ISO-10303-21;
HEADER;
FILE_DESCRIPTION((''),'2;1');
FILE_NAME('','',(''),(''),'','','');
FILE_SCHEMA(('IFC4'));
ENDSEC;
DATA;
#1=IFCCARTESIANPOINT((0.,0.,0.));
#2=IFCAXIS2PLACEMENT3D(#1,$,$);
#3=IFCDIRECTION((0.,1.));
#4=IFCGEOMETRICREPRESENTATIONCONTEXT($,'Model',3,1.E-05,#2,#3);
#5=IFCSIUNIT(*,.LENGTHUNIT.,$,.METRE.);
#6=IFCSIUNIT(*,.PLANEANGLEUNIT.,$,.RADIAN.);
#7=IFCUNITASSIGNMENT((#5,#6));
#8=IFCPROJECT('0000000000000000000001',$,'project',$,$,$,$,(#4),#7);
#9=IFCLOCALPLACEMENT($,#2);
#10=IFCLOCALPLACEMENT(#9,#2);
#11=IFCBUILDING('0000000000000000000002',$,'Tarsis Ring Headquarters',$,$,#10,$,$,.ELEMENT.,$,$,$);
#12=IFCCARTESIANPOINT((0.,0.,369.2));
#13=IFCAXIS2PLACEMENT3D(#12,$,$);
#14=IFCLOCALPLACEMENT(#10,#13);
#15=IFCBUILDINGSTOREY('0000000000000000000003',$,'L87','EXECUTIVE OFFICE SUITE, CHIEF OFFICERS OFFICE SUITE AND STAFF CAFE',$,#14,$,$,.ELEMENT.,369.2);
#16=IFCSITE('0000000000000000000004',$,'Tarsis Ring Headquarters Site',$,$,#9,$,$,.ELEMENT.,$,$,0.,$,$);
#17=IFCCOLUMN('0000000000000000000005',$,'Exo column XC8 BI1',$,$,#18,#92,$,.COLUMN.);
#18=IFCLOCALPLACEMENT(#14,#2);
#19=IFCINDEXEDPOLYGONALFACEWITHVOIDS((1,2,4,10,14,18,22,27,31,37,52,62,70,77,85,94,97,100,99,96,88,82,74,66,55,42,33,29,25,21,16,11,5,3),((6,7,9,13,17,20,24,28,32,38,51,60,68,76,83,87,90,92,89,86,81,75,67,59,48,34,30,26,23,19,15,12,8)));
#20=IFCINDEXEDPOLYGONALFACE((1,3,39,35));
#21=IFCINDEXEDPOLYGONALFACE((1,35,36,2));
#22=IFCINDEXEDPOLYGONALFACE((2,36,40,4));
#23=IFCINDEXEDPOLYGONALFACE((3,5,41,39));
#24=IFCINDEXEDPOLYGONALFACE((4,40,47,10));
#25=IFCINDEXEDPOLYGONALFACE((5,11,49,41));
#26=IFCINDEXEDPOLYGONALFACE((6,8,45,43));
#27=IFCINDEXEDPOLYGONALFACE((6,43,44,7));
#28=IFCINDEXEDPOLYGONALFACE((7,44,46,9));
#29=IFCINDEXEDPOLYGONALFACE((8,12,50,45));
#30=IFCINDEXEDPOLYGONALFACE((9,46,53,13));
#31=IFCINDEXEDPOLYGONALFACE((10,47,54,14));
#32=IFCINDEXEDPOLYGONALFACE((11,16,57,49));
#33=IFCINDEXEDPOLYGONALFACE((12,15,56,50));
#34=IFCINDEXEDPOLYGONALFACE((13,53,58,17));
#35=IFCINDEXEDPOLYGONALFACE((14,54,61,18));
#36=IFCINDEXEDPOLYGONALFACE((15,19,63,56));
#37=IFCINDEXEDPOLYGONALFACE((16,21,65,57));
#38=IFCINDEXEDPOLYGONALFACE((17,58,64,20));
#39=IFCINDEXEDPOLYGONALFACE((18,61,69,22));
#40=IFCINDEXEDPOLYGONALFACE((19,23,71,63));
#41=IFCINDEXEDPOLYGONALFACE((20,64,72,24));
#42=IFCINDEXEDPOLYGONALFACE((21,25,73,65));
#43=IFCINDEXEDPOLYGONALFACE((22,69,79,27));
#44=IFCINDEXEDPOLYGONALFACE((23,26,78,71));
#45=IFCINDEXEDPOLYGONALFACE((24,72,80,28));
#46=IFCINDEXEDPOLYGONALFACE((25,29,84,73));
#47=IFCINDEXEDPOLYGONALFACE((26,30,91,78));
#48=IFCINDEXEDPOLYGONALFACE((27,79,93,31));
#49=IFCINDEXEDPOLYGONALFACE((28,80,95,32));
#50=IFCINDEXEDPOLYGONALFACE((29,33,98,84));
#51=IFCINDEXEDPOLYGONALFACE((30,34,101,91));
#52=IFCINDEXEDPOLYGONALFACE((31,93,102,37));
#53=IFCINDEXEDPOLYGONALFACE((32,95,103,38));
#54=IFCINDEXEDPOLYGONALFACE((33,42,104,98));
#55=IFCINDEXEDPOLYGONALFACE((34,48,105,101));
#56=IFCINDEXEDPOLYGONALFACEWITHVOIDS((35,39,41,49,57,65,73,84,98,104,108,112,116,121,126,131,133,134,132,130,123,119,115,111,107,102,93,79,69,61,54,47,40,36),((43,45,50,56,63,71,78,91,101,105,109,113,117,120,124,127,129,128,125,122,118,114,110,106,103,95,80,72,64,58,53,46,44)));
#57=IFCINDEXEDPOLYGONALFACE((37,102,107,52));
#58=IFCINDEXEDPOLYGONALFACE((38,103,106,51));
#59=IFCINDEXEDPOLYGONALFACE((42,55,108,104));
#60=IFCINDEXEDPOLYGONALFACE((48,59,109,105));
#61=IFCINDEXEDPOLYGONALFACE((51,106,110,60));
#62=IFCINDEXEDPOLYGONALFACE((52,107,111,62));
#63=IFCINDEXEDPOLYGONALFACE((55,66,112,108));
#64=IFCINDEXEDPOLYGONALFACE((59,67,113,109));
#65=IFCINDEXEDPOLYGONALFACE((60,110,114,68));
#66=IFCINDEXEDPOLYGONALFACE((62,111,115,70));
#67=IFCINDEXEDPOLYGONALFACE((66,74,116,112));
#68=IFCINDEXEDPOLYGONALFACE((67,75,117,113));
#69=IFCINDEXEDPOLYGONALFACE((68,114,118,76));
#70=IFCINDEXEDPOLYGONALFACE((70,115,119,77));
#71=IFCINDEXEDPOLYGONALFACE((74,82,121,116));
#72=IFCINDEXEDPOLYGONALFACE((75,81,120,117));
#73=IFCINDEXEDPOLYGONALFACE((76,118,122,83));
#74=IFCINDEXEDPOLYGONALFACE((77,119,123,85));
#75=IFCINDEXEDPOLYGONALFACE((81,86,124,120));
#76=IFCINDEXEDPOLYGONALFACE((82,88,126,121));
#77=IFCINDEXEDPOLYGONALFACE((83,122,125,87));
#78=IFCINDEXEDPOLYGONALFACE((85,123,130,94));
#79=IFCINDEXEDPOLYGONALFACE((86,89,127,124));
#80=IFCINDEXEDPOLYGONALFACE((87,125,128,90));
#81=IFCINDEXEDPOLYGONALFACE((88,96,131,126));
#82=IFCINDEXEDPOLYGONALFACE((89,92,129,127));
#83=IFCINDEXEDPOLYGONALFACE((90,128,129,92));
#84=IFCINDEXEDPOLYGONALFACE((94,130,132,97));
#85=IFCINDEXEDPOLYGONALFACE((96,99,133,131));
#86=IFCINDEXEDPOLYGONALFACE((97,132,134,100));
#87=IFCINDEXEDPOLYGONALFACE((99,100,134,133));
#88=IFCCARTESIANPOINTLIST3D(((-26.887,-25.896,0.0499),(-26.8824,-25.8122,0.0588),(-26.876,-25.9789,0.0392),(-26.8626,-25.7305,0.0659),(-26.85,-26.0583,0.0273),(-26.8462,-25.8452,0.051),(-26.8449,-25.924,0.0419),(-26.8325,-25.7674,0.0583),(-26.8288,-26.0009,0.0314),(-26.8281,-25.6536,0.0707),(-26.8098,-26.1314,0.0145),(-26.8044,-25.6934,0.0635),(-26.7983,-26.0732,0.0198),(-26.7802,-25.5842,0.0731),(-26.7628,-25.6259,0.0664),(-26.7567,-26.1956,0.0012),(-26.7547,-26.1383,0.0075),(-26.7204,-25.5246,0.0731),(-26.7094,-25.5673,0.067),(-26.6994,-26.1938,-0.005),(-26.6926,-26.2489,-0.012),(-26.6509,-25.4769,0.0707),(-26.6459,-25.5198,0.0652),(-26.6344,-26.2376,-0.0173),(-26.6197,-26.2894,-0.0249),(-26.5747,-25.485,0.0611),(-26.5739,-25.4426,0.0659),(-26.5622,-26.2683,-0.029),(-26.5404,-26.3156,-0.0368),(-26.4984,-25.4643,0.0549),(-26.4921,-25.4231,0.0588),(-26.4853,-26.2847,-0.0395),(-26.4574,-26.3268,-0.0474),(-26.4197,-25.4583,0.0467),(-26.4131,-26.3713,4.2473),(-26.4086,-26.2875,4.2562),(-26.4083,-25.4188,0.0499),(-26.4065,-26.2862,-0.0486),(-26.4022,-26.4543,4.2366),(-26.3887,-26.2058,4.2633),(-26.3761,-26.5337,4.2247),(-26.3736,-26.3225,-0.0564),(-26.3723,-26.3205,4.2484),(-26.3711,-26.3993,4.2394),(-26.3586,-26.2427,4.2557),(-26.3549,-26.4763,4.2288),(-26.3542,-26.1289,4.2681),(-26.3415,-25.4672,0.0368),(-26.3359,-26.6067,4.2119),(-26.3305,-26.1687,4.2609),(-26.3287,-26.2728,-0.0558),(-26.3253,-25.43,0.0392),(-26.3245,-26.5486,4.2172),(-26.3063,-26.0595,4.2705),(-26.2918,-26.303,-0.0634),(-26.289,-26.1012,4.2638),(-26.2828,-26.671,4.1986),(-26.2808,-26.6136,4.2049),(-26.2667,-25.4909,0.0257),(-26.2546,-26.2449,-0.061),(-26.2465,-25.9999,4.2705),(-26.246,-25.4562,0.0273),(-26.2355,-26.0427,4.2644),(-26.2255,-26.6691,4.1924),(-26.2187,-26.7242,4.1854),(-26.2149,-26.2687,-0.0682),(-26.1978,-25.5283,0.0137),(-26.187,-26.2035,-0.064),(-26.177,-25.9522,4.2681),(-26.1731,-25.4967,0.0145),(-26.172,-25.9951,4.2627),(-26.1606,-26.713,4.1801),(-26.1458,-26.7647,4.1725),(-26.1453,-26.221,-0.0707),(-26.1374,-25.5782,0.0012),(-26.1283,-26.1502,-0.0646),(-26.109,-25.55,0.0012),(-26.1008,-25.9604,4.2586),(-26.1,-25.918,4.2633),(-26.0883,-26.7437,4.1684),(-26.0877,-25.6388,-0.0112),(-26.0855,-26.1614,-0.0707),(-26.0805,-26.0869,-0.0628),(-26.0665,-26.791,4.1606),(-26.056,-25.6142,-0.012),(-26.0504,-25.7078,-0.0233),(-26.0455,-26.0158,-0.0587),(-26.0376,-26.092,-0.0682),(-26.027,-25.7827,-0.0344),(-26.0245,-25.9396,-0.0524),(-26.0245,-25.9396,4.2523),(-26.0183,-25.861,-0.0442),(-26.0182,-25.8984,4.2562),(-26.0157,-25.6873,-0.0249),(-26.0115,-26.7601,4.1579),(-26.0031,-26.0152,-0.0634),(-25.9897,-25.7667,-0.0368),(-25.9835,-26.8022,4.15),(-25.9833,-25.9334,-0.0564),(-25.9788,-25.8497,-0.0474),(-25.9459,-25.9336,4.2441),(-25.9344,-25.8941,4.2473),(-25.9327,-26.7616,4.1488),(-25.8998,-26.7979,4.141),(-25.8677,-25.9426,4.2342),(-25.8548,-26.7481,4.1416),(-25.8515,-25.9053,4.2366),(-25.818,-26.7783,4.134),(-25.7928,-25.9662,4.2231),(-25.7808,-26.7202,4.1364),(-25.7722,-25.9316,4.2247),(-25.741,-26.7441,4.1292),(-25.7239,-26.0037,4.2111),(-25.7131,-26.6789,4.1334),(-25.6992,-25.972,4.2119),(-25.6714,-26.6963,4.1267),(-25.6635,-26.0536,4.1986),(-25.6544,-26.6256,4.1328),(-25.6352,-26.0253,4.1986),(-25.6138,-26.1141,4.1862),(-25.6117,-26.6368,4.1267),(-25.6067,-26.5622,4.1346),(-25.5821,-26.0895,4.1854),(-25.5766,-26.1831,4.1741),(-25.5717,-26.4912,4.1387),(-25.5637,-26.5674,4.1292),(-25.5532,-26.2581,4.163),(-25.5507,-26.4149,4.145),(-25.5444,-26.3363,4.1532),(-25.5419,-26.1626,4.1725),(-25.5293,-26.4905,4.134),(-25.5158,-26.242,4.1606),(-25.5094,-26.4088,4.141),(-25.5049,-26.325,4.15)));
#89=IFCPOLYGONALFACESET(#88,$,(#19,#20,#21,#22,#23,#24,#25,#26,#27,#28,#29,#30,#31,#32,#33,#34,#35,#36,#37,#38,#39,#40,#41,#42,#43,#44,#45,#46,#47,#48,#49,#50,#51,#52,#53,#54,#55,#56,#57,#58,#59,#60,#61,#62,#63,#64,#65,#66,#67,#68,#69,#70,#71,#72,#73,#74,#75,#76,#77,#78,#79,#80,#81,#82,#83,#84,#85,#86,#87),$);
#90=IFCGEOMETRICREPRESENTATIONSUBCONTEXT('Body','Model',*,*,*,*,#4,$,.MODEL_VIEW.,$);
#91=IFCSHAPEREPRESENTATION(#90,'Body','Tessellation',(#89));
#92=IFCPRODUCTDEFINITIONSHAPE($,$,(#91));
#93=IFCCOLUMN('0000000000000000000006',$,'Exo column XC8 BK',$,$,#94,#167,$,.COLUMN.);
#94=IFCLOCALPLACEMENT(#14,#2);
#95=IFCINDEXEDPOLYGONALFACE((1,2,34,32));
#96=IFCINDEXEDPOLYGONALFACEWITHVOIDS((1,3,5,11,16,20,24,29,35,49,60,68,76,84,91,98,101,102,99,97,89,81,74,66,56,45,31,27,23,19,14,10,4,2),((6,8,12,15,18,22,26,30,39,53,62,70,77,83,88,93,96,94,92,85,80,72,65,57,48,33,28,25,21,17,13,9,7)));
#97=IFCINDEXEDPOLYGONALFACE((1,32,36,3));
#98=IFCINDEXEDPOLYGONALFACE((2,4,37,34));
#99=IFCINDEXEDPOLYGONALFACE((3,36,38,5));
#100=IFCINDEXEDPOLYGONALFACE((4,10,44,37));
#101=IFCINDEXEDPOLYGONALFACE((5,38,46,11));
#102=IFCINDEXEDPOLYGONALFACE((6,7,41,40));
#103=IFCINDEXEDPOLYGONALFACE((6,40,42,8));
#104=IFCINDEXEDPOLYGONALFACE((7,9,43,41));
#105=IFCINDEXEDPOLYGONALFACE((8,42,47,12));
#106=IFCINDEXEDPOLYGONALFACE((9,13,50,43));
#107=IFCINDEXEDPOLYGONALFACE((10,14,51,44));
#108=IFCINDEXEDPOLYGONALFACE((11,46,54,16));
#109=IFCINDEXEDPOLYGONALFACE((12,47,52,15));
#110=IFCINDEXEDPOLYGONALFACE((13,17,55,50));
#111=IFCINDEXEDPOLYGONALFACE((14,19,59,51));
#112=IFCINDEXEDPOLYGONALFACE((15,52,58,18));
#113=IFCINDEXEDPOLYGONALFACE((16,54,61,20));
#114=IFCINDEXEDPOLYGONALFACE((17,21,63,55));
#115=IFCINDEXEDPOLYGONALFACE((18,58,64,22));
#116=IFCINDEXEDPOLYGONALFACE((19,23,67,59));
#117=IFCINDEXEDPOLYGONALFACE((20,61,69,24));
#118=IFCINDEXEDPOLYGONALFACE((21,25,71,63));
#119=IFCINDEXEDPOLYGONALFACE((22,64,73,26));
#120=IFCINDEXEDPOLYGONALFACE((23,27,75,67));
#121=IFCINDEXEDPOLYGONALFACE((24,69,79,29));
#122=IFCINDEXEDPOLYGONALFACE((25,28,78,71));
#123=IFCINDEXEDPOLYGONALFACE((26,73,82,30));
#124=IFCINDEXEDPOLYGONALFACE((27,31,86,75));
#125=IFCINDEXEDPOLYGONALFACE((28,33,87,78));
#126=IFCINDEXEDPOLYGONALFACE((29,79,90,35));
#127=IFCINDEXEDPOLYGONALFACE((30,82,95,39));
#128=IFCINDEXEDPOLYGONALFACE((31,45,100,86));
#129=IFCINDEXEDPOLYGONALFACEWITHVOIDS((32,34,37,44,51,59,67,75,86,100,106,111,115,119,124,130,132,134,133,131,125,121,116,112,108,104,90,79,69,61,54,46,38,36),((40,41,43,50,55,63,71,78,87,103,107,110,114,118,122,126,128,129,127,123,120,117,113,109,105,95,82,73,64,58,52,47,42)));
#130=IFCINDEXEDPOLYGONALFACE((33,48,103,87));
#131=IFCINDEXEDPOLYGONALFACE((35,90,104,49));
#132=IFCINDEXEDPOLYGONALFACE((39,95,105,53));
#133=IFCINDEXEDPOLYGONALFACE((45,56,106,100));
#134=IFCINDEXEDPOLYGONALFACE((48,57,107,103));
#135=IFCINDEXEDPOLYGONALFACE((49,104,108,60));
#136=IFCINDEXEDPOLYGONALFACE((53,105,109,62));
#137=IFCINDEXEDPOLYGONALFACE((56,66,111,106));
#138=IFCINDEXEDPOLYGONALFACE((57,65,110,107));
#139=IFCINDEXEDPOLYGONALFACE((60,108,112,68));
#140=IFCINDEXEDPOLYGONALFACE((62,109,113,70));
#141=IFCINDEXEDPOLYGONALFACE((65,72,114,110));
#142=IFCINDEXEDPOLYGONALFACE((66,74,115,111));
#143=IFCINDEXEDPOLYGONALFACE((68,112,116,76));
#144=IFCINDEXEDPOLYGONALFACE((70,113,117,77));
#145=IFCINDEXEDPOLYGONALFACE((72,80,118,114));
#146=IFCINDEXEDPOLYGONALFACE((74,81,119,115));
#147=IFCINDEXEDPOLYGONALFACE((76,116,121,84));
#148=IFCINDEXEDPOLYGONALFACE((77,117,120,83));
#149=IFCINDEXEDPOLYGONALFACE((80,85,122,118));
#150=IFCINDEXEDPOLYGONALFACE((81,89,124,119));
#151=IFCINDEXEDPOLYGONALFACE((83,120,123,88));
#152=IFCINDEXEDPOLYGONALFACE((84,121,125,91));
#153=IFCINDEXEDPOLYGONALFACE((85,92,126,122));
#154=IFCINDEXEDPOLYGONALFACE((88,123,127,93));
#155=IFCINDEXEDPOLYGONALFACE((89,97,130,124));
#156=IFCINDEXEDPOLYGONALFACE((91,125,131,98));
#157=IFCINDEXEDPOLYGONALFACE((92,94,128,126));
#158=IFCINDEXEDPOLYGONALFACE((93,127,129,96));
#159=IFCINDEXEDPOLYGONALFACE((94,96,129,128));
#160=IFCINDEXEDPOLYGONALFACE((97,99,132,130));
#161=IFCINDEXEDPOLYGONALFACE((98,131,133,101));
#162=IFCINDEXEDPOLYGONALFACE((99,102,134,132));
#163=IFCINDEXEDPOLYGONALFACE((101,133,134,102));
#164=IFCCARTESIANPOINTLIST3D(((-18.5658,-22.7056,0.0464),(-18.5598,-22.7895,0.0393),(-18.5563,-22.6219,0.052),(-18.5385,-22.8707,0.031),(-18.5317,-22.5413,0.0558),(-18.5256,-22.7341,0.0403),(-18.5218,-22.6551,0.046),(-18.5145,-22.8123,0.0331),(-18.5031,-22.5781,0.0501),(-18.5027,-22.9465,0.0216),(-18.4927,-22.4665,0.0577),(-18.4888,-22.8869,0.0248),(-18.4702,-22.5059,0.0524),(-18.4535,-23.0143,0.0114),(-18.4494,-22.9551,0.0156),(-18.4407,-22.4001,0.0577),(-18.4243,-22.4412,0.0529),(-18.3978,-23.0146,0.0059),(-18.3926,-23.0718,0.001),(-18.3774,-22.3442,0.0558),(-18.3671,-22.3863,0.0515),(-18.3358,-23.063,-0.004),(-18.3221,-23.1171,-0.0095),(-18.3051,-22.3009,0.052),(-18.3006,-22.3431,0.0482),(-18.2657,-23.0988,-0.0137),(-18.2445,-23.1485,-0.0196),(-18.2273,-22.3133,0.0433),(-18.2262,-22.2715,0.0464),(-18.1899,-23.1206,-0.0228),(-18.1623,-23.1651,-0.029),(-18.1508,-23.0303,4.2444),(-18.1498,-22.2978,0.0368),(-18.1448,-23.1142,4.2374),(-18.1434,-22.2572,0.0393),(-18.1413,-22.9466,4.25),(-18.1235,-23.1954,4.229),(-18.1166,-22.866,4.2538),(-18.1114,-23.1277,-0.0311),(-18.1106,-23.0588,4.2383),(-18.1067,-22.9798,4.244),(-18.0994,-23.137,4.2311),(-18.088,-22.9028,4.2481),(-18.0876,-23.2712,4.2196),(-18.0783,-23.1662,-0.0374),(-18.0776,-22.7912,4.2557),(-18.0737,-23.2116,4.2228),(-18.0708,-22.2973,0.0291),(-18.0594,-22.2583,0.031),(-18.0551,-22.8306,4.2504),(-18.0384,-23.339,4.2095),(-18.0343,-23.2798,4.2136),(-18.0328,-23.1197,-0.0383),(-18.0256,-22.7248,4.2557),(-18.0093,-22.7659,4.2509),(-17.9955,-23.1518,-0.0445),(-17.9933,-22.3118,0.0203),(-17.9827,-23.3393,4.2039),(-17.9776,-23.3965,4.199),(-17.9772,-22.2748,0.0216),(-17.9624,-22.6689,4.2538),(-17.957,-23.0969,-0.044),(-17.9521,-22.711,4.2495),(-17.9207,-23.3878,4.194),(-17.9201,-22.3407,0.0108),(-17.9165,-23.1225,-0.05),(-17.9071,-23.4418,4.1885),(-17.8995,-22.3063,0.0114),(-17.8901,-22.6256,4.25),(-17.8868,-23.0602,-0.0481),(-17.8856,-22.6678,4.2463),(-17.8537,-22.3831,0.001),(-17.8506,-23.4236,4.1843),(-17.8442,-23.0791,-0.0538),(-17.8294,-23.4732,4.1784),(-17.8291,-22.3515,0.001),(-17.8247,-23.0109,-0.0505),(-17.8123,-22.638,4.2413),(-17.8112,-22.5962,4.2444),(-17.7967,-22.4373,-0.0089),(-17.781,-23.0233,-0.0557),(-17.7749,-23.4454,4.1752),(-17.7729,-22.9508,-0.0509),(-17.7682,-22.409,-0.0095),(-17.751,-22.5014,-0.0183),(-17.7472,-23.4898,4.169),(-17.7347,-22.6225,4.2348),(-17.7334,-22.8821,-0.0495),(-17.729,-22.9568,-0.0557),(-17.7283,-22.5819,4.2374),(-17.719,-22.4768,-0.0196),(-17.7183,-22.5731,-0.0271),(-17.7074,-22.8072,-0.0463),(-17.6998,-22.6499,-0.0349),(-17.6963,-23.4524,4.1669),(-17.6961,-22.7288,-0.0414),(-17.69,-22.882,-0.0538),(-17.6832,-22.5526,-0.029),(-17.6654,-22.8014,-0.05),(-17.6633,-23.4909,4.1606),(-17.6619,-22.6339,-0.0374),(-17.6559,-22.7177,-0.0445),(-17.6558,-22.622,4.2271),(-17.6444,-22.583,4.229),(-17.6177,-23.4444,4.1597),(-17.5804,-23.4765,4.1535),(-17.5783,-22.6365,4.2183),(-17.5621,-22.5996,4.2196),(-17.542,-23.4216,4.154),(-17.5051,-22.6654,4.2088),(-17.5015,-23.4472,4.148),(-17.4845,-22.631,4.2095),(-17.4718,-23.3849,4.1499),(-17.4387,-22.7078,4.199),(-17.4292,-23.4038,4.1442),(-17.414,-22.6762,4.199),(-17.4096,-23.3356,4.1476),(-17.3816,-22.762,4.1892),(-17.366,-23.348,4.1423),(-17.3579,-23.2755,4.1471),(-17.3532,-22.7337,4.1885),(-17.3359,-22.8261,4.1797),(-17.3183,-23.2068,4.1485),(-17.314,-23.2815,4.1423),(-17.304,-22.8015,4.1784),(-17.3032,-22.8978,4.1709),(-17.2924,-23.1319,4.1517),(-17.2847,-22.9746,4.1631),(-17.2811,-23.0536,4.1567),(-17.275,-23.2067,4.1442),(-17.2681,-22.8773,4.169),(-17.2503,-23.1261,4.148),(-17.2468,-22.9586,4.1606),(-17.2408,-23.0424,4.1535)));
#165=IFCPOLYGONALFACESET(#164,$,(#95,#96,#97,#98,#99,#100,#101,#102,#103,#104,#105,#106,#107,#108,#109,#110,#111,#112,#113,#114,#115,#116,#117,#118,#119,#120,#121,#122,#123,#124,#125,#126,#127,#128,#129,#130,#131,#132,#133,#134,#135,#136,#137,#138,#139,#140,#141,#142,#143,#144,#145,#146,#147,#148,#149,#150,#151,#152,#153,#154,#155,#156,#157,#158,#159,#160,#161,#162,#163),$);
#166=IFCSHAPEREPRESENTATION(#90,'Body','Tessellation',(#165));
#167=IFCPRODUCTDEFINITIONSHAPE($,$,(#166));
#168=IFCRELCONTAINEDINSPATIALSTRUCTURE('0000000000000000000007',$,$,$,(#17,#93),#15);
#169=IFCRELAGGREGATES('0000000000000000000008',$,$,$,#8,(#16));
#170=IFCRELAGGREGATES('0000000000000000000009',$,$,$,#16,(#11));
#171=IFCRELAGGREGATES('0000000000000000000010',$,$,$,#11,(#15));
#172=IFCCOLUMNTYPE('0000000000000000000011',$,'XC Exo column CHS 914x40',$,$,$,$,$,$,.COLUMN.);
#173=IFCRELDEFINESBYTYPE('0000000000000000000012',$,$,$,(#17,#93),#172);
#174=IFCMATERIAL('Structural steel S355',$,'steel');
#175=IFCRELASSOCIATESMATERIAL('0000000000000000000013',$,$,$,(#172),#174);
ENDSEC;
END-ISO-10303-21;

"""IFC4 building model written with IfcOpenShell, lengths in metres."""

from ifc_helpers import new_model, si_unit, direction, frame, origin, origin_2d, place, context, subcontext, project, spatial, hollow_circle, extrude, material, material_profile, profile_set, type_object, element, save


model = new_model("IFC4")

# Units and contexts
model_context = context("Model", 3, precision=1e-05, world=origin(), true_north=direction((0.0, 1.0)))
body_context = subcontext(model_context, "Body", "Model", "MODEL_VIEW")
ifc_project = project(units=[si_unit("LENGTHUNIT", "METRE"), si_unit("PLANEANGLEUNIT", "RADIAN")], contexts=[model_context])

# Site, building, storey
site_placement = place(None, origin())
site = spatial("IfcSite", under=ifc_project, at=site_placement, Name="Tarsis Ring Headquarters Site", CompositionType="ELEMENT", RefElevation=0.0)
building_placement = place(site_placement, origin())
building = spatial("IfcBuilding", under=site, at=building_placement, Name="Tarsis Ring Headquarters", CompositionType="ELEMENT")
storey_placement = place(building_placement, frame((0.0, 0.0, 369.2)))
storey = spatial("IfcBuildingStorey", under=building, at=storey_placement, Name="L87", Description="EXECUTIVE OFFICE SUITE, CHIEF OFFICERS OFFICE SUITE AND STAFF CAFE", CompositionType="ELEMENT", Elevation=369.2)

# Columns
ifc_material_1 = material(Name="Structural steel S355", Category="steel")
ifc_material_profile_1 = material_profile(ifc_material_1, hollow_circle(Radius=0.457, WallThickness=0.04, at=origin_2d()), Name="CHS 914x40")
ifc_profile_set_1 = profile_set([ifc_material_profile_1], Name="Structural steel S355")
column_type = type_object("IfcColumnType", Name="XC Exo column CHS 914x40", PredefinedType="COLUMN", material=ifc_profile_set_1)
column_1_placement = place(storey_placement, frame((-26.4329, -25.8728, 0.0012), z_axis=(0.111479, -0.111823, 0.987455), x_axis=(0.708197, 0.706015, 0.0)))
element("IfcColumn", 1, at=column_1_placement, inside=storey, type_object=column_type, Name="Exo column XC8 BI1", PredefinedType="COLUMN", context=body_context, shape_type="SweptSolid", body=[
    extrude(hollow_circle(Radius=0.4573, WallThickness=0.04, at=origin_2d()), origin(), (0.0, 0.0, 1.0), 4.2507),
])
column_2_placement = place(storey_placement, frame((-18.1108, -22.7117, 0.001), z_axis=(0.098096, -0.076746, 0.992213), x_axis=(0.616183, 0.787603, 0.0)))
element("IfcColumn", 2, at=column_2_placement, inside=storey, type_object=column_type, Name="Exo column XC8 BK", PredefinedType="COLUMN", context=body_context, shape_type="SweptSolid", body=[
    extrude(hollow_circle(Radius=0.4573, WallThickness=0.04, at=origin_2d()), origin(), (0.0, 0.0, 1.0), 4.231),
])

save(model, "model.ifc")
